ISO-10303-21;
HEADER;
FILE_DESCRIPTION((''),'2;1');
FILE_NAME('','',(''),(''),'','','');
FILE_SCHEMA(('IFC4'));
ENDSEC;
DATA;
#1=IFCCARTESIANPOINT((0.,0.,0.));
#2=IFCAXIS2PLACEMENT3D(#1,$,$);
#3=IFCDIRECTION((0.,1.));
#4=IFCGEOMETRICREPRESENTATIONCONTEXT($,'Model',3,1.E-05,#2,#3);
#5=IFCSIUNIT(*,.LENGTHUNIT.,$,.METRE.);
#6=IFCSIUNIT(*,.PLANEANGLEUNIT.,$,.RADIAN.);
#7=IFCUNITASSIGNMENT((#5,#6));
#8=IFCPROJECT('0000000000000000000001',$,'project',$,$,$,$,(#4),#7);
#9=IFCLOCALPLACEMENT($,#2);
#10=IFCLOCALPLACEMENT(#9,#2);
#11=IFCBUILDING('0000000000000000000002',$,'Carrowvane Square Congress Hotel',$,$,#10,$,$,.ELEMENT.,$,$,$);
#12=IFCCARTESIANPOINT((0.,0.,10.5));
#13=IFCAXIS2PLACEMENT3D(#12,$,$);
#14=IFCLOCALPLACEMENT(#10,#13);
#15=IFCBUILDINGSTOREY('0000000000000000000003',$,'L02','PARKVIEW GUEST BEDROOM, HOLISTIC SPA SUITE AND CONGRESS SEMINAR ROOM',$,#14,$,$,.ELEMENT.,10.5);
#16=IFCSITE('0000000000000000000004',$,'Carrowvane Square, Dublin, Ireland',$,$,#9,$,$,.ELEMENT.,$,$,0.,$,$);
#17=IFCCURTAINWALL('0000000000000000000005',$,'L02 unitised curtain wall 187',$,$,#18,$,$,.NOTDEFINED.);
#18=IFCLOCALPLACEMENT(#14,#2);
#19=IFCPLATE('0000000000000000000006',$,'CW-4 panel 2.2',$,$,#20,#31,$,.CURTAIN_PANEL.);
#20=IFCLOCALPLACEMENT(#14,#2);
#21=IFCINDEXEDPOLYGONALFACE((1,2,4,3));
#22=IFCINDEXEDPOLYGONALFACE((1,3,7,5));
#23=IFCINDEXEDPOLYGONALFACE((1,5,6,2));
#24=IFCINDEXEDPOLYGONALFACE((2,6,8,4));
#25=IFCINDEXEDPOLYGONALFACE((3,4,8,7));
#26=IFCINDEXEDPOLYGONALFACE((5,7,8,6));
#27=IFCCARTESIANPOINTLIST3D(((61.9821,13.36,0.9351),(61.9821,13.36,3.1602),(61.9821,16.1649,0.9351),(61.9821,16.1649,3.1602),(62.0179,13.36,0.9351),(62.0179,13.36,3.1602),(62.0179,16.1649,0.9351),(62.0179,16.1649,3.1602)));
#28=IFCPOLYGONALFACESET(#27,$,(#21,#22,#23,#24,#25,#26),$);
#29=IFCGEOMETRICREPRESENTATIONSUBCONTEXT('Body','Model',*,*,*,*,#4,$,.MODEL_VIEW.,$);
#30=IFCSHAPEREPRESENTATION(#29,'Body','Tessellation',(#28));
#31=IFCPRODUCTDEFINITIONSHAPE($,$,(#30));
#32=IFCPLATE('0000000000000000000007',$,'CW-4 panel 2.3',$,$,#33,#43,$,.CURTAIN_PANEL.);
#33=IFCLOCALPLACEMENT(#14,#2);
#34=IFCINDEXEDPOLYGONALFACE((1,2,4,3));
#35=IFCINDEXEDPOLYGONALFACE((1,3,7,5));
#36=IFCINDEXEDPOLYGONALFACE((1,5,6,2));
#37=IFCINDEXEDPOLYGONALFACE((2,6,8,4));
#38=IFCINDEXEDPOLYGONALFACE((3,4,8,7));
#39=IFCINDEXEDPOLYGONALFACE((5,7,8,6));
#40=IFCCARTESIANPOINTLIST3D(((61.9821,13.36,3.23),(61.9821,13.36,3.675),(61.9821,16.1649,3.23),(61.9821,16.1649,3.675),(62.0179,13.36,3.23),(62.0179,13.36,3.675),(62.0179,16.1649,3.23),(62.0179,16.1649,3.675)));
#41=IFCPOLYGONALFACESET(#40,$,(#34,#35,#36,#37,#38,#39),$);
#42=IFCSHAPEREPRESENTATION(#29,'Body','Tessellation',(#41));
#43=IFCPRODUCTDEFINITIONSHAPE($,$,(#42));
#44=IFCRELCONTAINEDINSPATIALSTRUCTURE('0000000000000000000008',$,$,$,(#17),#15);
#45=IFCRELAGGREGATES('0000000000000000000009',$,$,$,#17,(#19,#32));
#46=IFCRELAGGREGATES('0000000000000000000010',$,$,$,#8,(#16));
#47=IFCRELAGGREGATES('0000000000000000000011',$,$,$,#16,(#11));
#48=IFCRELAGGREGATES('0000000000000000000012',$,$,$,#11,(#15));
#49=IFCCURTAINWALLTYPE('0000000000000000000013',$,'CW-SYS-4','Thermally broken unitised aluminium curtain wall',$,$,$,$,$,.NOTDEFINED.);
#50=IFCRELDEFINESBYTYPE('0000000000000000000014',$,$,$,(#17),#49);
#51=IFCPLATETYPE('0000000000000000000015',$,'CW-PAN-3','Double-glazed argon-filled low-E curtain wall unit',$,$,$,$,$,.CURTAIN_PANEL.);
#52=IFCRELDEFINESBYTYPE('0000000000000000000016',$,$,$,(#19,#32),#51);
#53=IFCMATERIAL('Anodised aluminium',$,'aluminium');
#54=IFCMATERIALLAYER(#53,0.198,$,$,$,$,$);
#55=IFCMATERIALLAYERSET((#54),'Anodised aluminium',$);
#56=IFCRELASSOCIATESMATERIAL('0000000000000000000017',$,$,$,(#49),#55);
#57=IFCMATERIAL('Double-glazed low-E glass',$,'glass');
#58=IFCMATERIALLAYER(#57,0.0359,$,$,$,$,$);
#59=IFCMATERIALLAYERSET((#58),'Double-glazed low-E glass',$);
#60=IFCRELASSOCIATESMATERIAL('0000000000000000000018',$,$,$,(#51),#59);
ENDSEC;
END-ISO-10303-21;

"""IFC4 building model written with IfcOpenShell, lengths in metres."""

from ifc_helpers import new_model, si_unit, direction, frame, origin, origin_2d, place, context, subcontext, project, spatial, rectangle, extrude, material, layer, layer_set, type_object, element, aggregate, save


model = new_model("IFC4")

# Units and contexts
model_context = context("Model", 3, precision=1e-05, world=origin(), true_north=direction((0.0, 1.0)))
body_context = subcontext(model_context, "Body", "Model", "MODEL_VIEW")
ifc_project = project(units=[si_unit("LENGTHUNIT", "METRE"), si_unit("PLANEANGLEUNIT", "RADIAN")], contexts=[model_context])

# Site, building, storey
site_placement = place(None, origin())
site = spatial("IfcSite", under=ifc_project, at=site_placement, Name="Carrowvane Square, Dublin, Ireland", CompositionType="ELEMENT", RefElevation=0.0)
building_placement = place(site_placement, origin())
building = spatial("IfcBuilding", under=site, at=building_placement, Name="Carrowvane Square Congress Hotel", CompositionType="ELEMENT")
storey_placement = place(building_placement, frame((0.0, 0.0, 10.5)))
storey = spatial("IfcBuildingStorey", under=building, at=storey_placement, Name="L02", Description="PARKVIEW GUEST BEDROOM, HOLISTIC SPA SUITE AND CONGRESS SEMINAR ROOM", CompositionType="ELEMENT", Elevation=10.5)

# Curtain wall
ifc_material_1 = material(Name="Anodised aluminium", Category="aluminium")
ifc_layer_1 = layer(ifc_material_1, 0.198)
ifc_layer_set_1 = layer_set([ifc_layer_1], Name="Anodised aluminium")
curtain_wall_type_1 = type_object("IfcCurtainWallType", Name="CW-SYS-4", Description="Thermally broken unitised aluminium curtain wall", PredefinedType="NOTDEFINED", material=ifc_layer_set_1)
curtain_wall_1_placement = place(storey_placement, origin())
curtain_wall_1 = element("IfcCurtainWall", 1, at=curtain_wall_1_placement, inside=storey, type_object=curtain_wall_type_1, Name="L02 unitised curtain wall 187", PredefinedType="NOTDEFINED")

# Plates
ifc_material_2 = material(Name="Double-glazed low-E glass", Category="glass")
ifc_layer_2 = layer(ifc_material_2, 0.0359)
ifc_layer_set_2 = layer_set([ifc_layer_2], Name="Double-glazed low-E glass")
plate_type = type_object("IfcPlateType", Name="CW-PAN-3", Description="Double-glazed argon-filled low-E curtain wall unit", PredefinedType="CURTAIN_PANEL", material=ifc_layer_set_2)
plate_1_placement = place(storey_placement, frame((62.0, 14.7625, 0.9351), z_axis=(0.0, 0.0, 1.0), x_axis=(0.0, -1.0, 0.0)))
plate_1 = element("IfcPlate", 2, at=plate_1_placement, type_object=plate_type, Name="CW-4 panel 2.2", PredefinedType="CURTAIN_PANEL", context=body_context, shape_type="SweptSolid", body=[
    extrude(rectangle(XDim=2.8049, YDim=0.0359, at=origin_2d()), origin(), (0.0, 0.0, 1.0), 2.2251),
])
plate_2_placement = place(storey_placement, frame((62.0, 14.7625, 3.23), z_axis=(0.0, 0.0, 1.0), x_axis=(0.0, -1.0, 0.0)))
plate_2 = element("IfcPlate", 3, at=plate_2_placement, type_object=plate_type, Name="CW-4 panel 2.3", PredefinedType="CURTAIN_PANEL", context=body_context, shape_type="SweptSolid", body=[
    extrude(rectangle(XDim=2.8049, YDim=0.0359, at=origin_2d()), origin(), (0.0, 0.0, 1.0), 0.4451),
])
aggregate(curtain_wall_1, [plate_1, plate_2])

save(model, "model.ifc")
